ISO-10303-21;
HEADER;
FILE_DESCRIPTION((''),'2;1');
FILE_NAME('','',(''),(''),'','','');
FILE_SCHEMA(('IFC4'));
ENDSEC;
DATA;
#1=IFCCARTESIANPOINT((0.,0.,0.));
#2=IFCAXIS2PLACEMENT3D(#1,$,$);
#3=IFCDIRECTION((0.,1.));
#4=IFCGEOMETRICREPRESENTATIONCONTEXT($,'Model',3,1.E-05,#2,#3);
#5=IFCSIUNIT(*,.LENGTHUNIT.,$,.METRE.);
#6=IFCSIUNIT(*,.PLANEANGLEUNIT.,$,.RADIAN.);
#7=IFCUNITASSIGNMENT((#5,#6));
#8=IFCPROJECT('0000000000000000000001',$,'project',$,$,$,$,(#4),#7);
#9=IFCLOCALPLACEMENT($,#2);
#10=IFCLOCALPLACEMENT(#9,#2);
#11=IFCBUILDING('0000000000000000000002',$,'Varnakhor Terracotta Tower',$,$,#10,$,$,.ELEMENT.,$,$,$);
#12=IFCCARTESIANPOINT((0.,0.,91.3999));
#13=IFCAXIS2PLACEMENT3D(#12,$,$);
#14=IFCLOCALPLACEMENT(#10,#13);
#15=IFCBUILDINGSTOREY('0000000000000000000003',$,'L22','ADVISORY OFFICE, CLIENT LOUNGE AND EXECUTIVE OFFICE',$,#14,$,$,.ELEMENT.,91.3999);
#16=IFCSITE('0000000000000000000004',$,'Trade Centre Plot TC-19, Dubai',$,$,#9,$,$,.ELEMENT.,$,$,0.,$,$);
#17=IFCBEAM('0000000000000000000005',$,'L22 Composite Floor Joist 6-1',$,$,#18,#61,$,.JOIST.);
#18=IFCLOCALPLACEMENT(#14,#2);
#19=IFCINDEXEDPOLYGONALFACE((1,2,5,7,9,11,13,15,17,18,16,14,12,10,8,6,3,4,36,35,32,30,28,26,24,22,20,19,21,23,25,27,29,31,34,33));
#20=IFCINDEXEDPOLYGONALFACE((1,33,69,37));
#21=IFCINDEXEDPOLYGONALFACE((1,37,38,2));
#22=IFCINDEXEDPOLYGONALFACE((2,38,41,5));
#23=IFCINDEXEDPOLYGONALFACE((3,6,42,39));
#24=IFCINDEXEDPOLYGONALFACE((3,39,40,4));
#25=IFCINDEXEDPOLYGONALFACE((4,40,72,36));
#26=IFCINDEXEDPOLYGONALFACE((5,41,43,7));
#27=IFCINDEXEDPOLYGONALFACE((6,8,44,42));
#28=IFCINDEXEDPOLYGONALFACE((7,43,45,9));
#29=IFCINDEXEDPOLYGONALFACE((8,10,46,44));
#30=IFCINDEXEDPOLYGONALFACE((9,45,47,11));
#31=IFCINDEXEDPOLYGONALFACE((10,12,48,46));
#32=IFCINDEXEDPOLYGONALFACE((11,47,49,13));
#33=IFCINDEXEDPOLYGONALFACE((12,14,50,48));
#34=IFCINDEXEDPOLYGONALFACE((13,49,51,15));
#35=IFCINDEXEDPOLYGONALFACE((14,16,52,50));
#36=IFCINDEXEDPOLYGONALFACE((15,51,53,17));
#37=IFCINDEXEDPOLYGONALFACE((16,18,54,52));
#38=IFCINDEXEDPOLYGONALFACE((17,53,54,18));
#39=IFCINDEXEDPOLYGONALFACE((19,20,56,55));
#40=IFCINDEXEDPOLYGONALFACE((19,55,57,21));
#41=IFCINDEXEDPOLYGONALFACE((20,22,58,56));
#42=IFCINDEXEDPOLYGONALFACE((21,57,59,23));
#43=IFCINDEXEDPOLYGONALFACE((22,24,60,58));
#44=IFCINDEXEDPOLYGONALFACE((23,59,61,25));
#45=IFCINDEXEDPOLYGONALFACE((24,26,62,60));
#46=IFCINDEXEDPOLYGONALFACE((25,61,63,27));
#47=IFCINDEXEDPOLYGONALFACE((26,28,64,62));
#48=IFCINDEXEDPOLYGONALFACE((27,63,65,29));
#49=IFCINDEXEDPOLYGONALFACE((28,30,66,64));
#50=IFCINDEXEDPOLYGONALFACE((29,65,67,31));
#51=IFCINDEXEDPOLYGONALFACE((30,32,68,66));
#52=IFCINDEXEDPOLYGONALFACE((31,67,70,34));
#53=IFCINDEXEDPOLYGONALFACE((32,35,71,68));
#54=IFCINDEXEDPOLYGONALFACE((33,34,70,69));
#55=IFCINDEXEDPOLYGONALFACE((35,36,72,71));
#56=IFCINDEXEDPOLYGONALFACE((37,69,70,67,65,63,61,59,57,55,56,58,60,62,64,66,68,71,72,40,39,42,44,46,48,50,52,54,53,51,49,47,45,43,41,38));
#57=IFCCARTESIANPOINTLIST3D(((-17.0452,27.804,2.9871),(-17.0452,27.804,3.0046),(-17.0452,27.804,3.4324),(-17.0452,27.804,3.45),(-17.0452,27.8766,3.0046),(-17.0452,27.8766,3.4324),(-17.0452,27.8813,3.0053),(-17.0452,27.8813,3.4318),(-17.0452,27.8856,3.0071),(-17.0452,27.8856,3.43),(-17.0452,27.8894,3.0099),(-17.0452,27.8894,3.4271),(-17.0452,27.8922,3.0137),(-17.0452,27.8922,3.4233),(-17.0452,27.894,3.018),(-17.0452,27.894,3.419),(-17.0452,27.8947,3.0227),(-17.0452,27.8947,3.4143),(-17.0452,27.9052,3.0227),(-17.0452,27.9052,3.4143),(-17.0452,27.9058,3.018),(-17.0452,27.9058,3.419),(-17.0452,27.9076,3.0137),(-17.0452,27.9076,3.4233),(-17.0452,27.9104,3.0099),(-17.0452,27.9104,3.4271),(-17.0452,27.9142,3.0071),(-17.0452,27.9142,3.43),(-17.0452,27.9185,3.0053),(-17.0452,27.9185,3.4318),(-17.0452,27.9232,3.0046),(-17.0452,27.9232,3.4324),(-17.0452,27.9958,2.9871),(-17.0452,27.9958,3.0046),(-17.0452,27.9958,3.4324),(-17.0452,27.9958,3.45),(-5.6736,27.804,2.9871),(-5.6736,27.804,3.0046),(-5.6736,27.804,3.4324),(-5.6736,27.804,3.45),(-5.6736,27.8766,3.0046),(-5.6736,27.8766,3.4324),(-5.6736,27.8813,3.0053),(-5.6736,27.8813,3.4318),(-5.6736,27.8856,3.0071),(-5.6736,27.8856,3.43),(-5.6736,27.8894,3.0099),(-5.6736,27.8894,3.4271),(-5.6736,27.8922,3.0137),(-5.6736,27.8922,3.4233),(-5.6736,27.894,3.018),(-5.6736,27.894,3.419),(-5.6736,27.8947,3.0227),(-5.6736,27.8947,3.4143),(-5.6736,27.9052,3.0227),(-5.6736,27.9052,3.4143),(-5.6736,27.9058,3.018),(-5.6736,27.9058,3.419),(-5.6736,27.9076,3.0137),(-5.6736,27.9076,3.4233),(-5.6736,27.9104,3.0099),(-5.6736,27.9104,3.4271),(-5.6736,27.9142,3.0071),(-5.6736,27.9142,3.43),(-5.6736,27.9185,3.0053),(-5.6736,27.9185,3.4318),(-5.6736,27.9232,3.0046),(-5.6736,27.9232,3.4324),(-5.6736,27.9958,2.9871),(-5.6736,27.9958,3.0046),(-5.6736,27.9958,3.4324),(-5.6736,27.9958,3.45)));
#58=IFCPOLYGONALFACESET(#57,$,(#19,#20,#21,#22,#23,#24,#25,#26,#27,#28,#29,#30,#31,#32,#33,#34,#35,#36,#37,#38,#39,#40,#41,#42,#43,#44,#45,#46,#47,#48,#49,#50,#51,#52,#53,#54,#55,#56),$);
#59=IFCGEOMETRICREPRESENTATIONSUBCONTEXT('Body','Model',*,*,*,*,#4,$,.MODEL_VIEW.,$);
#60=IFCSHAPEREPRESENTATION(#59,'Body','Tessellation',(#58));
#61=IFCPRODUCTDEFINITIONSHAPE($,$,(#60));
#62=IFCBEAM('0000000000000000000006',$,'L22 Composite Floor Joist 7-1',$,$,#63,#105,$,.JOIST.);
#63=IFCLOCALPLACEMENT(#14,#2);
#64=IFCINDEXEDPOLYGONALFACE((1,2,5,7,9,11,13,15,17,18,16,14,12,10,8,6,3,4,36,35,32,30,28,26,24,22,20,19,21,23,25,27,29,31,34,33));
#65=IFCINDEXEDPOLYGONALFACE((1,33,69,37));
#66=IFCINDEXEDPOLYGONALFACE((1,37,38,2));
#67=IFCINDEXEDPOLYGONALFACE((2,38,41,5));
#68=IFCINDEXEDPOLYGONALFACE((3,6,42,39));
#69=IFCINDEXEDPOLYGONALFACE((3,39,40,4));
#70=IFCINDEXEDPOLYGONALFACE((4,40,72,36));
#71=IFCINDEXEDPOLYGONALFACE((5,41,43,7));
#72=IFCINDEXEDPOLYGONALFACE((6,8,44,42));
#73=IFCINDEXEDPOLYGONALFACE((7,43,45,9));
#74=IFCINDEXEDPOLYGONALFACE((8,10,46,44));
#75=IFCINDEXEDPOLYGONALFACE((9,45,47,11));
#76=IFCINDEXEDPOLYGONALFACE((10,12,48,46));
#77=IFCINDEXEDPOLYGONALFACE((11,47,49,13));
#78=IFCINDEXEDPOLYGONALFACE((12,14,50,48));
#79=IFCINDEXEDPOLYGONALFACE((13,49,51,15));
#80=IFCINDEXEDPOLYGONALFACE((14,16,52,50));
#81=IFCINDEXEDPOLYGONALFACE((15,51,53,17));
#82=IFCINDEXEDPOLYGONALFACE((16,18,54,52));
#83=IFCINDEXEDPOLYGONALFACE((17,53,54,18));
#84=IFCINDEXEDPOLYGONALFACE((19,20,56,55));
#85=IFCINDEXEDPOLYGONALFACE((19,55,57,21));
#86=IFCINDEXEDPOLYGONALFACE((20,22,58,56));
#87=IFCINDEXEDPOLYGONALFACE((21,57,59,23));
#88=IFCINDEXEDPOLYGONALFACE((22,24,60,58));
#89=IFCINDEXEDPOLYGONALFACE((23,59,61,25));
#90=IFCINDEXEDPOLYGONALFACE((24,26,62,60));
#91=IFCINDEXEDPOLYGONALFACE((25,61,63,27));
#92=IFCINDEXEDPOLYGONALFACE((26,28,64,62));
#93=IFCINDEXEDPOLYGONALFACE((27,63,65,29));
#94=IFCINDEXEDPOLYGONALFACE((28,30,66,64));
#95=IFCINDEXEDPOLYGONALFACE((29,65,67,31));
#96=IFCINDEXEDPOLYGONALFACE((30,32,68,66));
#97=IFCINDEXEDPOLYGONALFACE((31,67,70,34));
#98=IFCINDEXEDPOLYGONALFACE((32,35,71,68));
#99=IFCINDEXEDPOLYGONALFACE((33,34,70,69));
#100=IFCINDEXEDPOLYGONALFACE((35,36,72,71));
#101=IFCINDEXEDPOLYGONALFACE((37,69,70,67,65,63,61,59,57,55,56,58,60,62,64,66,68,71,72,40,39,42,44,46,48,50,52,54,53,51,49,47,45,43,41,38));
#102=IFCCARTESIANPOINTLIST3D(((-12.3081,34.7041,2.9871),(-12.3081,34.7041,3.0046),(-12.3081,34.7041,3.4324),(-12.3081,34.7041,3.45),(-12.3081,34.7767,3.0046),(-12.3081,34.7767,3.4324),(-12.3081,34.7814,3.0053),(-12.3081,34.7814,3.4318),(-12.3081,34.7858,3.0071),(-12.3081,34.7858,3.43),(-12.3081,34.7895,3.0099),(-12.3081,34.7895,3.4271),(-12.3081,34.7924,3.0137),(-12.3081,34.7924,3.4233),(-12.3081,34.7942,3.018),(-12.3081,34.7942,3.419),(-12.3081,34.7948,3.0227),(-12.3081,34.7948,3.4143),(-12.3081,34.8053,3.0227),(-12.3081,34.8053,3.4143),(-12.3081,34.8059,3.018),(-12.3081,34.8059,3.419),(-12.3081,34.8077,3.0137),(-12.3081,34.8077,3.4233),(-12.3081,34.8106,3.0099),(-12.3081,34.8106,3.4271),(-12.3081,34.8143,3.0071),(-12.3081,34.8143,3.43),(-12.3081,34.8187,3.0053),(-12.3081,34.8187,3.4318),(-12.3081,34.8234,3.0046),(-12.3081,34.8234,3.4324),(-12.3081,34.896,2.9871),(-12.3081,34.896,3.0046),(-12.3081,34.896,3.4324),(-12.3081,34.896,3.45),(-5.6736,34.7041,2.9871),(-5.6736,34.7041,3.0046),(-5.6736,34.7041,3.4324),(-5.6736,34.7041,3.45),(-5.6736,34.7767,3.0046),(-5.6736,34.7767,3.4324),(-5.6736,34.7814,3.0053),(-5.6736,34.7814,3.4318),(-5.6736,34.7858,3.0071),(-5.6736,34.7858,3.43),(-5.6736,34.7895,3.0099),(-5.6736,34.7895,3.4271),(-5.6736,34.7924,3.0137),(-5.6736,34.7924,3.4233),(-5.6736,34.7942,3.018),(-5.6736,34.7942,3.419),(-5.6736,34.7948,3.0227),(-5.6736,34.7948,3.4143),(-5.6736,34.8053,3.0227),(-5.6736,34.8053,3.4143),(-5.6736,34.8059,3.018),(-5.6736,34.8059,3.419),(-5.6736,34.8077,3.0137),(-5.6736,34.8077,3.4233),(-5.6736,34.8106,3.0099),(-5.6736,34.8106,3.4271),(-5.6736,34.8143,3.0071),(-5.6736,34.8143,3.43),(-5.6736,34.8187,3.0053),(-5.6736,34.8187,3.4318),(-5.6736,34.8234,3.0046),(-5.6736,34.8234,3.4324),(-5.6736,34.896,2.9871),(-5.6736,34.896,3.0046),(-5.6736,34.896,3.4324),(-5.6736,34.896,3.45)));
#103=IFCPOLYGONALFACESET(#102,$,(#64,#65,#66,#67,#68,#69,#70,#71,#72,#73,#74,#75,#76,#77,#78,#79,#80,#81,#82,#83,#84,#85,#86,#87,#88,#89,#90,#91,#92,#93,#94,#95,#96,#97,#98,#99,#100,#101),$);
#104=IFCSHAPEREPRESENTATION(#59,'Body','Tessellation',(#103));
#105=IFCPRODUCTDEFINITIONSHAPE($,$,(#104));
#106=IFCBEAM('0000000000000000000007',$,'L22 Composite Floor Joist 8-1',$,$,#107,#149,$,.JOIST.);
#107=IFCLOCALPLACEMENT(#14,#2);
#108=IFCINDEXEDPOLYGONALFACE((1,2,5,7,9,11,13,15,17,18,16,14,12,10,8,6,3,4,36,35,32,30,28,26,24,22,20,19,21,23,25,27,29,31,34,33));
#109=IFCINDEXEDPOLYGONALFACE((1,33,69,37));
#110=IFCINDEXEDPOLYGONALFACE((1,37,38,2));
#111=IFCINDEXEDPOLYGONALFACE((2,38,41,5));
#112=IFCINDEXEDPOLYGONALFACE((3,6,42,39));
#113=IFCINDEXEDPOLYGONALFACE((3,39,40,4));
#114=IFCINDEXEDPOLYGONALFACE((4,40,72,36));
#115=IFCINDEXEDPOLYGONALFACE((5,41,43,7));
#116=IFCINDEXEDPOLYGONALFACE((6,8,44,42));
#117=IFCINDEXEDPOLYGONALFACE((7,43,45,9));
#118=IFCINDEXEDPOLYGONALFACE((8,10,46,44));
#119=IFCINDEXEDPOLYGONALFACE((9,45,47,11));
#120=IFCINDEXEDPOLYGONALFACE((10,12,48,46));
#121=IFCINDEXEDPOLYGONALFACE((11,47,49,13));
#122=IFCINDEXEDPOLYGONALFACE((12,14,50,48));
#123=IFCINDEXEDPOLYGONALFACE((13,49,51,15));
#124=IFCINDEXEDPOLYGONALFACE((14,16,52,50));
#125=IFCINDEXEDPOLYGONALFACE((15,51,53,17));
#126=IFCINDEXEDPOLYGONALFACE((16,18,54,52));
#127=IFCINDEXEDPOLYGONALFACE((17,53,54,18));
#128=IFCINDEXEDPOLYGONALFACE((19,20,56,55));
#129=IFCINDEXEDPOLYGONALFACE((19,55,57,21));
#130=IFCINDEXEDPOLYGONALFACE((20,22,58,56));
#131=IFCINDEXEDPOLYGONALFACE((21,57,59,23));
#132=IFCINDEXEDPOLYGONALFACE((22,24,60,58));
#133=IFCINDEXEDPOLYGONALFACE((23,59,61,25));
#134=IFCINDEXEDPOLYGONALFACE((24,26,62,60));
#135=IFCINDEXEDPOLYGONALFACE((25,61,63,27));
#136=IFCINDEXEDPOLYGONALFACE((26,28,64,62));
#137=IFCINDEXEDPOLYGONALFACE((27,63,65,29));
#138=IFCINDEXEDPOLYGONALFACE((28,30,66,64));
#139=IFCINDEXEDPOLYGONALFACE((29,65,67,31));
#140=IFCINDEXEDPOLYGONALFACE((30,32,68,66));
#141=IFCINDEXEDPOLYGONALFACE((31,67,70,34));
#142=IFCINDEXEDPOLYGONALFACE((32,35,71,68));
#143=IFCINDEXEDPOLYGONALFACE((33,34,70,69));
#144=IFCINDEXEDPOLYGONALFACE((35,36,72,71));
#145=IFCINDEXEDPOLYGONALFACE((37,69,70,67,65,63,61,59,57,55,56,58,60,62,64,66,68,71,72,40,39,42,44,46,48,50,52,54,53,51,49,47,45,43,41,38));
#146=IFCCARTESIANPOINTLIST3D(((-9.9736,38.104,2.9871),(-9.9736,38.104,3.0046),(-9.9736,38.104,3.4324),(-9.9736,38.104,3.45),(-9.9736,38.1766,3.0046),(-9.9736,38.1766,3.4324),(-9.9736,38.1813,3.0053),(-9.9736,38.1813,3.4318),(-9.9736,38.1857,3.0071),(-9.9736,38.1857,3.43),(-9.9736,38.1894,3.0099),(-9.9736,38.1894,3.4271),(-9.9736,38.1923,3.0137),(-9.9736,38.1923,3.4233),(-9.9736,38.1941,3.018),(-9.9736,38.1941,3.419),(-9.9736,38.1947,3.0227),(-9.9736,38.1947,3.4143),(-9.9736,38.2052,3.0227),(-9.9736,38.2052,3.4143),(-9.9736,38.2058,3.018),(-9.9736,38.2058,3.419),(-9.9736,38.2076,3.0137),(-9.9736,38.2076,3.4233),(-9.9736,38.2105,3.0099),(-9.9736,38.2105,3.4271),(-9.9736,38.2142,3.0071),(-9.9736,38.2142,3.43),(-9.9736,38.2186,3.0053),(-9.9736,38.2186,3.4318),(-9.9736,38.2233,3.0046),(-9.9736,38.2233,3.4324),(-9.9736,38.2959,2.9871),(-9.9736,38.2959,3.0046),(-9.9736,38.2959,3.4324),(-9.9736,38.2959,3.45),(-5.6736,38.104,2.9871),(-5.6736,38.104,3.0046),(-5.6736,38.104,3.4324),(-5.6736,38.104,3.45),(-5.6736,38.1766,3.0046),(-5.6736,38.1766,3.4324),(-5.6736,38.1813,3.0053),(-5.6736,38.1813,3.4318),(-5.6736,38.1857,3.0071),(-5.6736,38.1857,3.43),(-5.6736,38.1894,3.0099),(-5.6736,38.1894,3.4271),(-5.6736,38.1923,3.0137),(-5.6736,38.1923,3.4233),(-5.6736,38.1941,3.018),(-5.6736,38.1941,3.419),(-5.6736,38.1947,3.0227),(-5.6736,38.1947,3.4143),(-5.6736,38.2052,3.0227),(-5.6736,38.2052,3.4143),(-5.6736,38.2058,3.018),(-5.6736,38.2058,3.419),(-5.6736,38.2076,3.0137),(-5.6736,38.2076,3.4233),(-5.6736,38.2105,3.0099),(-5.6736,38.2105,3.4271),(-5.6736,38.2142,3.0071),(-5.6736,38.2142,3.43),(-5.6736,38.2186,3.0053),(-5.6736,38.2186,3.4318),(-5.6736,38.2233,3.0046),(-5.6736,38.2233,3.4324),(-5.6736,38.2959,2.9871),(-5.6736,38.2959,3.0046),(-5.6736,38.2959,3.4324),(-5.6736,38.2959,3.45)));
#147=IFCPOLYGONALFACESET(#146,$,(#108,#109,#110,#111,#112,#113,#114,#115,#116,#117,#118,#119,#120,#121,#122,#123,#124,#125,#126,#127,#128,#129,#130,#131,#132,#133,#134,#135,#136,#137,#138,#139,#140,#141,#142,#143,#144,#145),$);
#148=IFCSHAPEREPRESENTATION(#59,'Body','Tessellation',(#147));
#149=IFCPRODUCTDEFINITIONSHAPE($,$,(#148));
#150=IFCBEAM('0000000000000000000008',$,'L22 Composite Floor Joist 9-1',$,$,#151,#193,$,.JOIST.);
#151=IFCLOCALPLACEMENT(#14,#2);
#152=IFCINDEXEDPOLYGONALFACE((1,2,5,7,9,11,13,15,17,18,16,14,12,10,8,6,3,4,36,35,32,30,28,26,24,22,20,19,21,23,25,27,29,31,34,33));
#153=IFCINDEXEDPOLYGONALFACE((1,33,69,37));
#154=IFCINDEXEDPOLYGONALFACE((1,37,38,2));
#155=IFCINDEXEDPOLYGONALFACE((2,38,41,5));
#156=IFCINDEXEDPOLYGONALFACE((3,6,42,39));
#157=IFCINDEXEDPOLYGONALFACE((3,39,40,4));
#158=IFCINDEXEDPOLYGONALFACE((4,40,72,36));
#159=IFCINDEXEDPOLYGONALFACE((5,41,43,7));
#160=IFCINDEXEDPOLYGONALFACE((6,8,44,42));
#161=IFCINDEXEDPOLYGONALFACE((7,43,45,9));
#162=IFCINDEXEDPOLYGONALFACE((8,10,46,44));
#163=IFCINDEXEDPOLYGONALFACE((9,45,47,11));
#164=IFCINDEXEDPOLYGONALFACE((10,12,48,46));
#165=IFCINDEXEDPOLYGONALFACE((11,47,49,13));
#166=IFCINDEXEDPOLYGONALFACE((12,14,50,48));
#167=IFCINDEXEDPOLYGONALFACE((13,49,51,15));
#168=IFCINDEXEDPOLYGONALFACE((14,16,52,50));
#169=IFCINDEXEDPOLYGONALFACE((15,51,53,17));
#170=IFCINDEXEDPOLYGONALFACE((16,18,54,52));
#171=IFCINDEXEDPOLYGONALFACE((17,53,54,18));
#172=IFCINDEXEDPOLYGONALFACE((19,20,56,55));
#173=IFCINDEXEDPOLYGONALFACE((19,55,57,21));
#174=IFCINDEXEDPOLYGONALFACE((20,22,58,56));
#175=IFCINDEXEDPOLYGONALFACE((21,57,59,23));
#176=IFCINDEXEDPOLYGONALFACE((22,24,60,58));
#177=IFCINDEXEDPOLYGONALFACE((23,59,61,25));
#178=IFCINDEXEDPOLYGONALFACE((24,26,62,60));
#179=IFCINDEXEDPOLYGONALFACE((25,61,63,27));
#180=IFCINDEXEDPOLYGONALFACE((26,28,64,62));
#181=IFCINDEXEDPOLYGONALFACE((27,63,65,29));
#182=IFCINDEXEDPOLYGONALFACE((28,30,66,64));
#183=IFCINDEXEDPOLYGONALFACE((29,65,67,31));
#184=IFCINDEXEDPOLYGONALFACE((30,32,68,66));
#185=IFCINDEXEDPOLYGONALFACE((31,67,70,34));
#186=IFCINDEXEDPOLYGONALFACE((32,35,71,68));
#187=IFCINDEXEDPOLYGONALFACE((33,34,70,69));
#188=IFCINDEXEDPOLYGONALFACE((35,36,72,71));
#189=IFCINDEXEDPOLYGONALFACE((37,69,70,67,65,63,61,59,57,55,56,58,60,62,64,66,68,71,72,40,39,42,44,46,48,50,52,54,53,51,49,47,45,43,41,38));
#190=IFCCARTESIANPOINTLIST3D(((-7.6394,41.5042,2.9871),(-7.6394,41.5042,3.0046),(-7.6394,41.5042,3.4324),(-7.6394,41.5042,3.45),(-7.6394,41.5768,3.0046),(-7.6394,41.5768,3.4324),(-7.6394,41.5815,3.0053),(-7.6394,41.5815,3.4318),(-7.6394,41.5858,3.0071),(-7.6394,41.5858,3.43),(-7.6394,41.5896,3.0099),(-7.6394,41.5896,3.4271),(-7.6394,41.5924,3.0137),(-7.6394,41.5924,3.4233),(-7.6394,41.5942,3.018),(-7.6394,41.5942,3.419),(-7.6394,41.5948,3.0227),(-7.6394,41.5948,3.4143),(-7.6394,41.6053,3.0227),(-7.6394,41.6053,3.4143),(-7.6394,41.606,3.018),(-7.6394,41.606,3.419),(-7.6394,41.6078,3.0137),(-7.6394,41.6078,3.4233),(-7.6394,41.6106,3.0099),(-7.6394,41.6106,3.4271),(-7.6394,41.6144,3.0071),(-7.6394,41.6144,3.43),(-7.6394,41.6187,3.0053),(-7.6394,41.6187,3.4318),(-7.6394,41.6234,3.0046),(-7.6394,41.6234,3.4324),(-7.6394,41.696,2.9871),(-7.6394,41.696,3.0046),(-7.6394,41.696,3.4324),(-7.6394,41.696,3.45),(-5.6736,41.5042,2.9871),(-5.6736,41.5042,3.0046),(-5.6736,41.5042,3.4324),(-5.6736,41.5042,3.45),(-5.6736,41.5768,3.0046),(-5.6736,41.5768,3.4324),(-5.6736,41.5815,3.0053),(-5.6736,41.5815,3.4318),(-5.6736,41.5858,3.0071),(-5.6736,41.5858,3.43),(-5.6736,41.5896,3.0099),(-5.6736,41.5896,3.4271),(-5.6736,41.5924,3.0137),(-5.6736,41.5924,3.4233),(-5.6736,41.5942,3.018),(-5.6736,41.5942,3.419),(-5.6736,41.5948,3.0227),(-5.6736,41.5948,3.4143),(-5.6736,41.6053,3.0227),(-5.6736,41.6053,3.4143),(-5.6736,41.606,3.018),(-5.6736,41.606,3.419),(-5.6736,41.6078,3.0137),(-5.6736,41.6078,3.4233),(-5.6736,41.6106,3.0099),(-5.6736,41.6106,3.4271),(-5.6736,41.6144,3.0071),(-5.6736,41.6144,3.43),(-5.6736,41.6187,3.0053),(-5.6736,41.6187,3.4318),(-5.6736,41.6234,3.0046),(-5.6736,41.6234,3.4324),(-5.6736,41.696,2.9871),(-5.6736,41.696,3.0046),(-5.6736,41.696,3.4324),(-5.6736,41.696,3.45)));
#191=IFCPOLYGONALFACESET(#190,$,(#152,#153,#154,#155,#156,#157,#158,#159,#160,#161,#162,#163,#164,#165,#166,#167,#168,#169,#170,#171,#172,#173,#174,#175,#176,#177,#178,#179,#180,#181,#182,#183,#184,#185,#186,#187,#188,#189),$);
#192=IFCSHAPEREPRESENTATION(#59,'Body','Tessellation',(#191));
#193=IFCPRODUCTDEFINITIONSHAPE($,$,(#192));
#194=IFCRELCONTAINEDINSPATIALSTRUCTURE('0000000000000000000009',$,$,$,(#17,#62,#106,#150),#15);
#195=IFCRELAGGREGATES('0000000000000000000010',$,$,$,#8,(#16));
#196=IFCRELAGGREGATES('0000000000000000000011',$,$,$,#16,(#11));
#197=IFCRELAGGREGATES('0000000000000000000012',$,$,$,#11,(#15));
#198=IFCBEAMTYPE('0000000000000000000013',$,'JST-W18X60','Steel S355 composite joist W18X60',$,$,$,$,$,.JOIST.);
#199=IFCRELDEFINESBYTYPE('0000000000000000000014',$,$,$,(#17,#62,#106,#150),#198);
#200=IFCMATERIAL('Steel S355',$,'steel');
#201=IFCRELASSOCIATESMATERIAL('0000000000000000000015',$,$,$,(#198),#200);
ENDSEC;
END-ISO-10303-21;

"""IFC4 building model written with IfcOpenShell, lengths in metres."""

from ifc_helpers import new_model, si_unit, direction, frame, origin, origin_2d, place, context, subcontext, project, spatial, i_section, extrude, source, transform, mapped, material, material_profile, profile_set, type_object, element, save


model = new_model("IFC4")

# Units and contexts
model_context = context("Model", 3, precision=1e-05, world=origin(), true_north=direction((0.0, 1.0)))
body_context = subcontext(model_context, "Body", "Model", "MODEL_VIEW")
ifc_project = project(units=[si_unit("LENGTHUNIT", "METRE"), si_unit("PLANEANGLEUNIT", "RADIAN")], contexts=[model_context])

# Site, building, storey
site_placement = place(None, origin())
site = spatial("IfcSite", under=ifc_project, at=site_placement, Name="Trade Centre Plot TC-19, Dubai", CompositionType="ELEMENT", RefElevation=0.0)
building_placement = place(site_placement, origin())
building = spatial("IfcBuilding", under=site, at=building_placement, Name="Varnakhor Terracotta Tower", CompositionType="ELEMENT")
storey_placement = place(building_placement, frame((0.0, 0.0, 91.3999)))
storey = spatial("IfcBuildingStorey", under=building, at=storey_placement, Name="L22", Description="ADVISORY OFFICE, CLIENT LOUNGE AND EXECUTIVE OFFICE", CompositionType="ELEMENT", Elevation=91.3999)

# Beams
ifc_material_1 = material(Name="Steel S355", Category="steel")
ifc_material_profile_1 = material_profile(ifc_material_1, i_section(OverallWidth=0.1919, OverallDepth=0.4629, WebThickness=0.0105, FlangeThickness=0.0176, FilletRadius=0.0181, at=origin_2d()), Name="W18X60")
ifc_profile_set_1 = profile_set([ifc_material_profile_1], Name="Steel S355")
beam_type_1 = type_object("IfcBeamType", Name="JST-W18X60", Description="Steel S355 composite joist W18X60", PredefinedType="JOIST", material=ifc_profile_set_1)
shared_shape_1 = source(origin(), body_context, "Body", "SweptSolid", [
    extrude(i_section(OverallWidth=0.1919, OverallDepth=0.4629, WebThickness=0.0105, FlangeThickness=0.0176, FilletRadius=0.0181, at=origin_2d()), origin(), (0.0, 0.0, 1.0), 11.3716),
])
beam_1_placement = place(storey_placement, frame((-17.0452, 27.8999, 3.2185), z_axis=(1.0, 0.0, 0.0), x_axis=(0.0, 1.0, 0.0)))
element("IfcBeam", 1, at=beam_1_placement, inside=storey, type_object=beam_type_1, Name="L22 Composite Floor Joist 6-1", PredefinedType="JOIST", context=body_context, shape_type="MappedRepresentation", body=[
    mapped(shared_shape_1, transform((0.0, 0.0, 0.0), scale=1.0)),
])
shared_shape_2 = source(origin(), body_context, "Body", "SweptSolid", [
    extrude(i_section(OverallWidth=0.1919, OverallDepth=0.4629, WebThickness=0.0105, FlangeThickness=0.0176, FilletRadius=0.0181, at=origin_2d()), origin(), (0.0, 0.0, 1.0), 6.6345),
])
beam_2_placement = place(storey_placement, frame((-12.3081, 34.8, 3.2185), z_axis=(1.0, 0.0, 0.0), x_axis=(0.0, 1.0, 0.0)))
element("IfcBeam", 2, at=beam_2_placement, inside=storey, type_object=beam_type_1, Name="L22 Composite Floor Joist 7-1", PredefinedType="JOIST", context=body_context, shape_type="MappedRepresentation", body=[
    mapped(shared_shape_2, transform((0.0, 0.0, 0.0), scale=1.0)),
])
shared_shape_3 = source(origin(), body_context, "Body", "SweptSolid", [
    extrude(i_section(OverallWidth=0.1919, OverallDepth=0.4629, WebThickness=0.0105, FlangeThickness=0.0176, FilletRadius=0.0181, at=origin_2d()), origin(), (0.0, 0.0, 1.0), 4.3),
])
beam_3_placement = place(storey_placement, frame((-9.9736, 38.2, 3.2185), z_axis=(1.0, 0.0, 0.0), x_axis=(0.0, 1.0, 0.0)))
element("IfcBeam", 3, at=beam_3_placement, inside=storey, type_object=beam_type_1, Name="L22 Composite Floor Joist 8-1", PredefinedType="JOIST", context=body_context, shape_type="MappedRepresentation", body=[
    mapped(shared_shape_3, transform((0.0, 0.0, 0.0), scale=1.0)),
])
shared_shape_4 = source(origin(), body_context, "Body", "SweptSolid", [
    extrude(i_section(OverallWidth=0.1919, OverallDepth=0.4629, WebThickness=0.0105, FlangeThickness=0.0176, FilletRadius=0.0181, at=origin_2d()), origin(), (0.0, 0.0, 1.0), 1.9658),
])
beam_4_placement = place(storey_placement, frame((-7.6394, 41.6001, 3.2185), z_axis=(1.0, 0.0, 0.0), x_axis=(0.0, 1.0, 0.0)))
element("IfcBeam", 4, at=beam_4_placement, inside=storey, type_object=beam_type_1, Name="L22 Composite Floor Joist 9-1", PredefinedType="JOIST", context=body_context, shape_type="MappedRepresentation", body=[
    mapped(shared_shape_4, transform((0.0, 0.0, 0.0), scale=1.0)),
])

save(model, "model.ifc")
